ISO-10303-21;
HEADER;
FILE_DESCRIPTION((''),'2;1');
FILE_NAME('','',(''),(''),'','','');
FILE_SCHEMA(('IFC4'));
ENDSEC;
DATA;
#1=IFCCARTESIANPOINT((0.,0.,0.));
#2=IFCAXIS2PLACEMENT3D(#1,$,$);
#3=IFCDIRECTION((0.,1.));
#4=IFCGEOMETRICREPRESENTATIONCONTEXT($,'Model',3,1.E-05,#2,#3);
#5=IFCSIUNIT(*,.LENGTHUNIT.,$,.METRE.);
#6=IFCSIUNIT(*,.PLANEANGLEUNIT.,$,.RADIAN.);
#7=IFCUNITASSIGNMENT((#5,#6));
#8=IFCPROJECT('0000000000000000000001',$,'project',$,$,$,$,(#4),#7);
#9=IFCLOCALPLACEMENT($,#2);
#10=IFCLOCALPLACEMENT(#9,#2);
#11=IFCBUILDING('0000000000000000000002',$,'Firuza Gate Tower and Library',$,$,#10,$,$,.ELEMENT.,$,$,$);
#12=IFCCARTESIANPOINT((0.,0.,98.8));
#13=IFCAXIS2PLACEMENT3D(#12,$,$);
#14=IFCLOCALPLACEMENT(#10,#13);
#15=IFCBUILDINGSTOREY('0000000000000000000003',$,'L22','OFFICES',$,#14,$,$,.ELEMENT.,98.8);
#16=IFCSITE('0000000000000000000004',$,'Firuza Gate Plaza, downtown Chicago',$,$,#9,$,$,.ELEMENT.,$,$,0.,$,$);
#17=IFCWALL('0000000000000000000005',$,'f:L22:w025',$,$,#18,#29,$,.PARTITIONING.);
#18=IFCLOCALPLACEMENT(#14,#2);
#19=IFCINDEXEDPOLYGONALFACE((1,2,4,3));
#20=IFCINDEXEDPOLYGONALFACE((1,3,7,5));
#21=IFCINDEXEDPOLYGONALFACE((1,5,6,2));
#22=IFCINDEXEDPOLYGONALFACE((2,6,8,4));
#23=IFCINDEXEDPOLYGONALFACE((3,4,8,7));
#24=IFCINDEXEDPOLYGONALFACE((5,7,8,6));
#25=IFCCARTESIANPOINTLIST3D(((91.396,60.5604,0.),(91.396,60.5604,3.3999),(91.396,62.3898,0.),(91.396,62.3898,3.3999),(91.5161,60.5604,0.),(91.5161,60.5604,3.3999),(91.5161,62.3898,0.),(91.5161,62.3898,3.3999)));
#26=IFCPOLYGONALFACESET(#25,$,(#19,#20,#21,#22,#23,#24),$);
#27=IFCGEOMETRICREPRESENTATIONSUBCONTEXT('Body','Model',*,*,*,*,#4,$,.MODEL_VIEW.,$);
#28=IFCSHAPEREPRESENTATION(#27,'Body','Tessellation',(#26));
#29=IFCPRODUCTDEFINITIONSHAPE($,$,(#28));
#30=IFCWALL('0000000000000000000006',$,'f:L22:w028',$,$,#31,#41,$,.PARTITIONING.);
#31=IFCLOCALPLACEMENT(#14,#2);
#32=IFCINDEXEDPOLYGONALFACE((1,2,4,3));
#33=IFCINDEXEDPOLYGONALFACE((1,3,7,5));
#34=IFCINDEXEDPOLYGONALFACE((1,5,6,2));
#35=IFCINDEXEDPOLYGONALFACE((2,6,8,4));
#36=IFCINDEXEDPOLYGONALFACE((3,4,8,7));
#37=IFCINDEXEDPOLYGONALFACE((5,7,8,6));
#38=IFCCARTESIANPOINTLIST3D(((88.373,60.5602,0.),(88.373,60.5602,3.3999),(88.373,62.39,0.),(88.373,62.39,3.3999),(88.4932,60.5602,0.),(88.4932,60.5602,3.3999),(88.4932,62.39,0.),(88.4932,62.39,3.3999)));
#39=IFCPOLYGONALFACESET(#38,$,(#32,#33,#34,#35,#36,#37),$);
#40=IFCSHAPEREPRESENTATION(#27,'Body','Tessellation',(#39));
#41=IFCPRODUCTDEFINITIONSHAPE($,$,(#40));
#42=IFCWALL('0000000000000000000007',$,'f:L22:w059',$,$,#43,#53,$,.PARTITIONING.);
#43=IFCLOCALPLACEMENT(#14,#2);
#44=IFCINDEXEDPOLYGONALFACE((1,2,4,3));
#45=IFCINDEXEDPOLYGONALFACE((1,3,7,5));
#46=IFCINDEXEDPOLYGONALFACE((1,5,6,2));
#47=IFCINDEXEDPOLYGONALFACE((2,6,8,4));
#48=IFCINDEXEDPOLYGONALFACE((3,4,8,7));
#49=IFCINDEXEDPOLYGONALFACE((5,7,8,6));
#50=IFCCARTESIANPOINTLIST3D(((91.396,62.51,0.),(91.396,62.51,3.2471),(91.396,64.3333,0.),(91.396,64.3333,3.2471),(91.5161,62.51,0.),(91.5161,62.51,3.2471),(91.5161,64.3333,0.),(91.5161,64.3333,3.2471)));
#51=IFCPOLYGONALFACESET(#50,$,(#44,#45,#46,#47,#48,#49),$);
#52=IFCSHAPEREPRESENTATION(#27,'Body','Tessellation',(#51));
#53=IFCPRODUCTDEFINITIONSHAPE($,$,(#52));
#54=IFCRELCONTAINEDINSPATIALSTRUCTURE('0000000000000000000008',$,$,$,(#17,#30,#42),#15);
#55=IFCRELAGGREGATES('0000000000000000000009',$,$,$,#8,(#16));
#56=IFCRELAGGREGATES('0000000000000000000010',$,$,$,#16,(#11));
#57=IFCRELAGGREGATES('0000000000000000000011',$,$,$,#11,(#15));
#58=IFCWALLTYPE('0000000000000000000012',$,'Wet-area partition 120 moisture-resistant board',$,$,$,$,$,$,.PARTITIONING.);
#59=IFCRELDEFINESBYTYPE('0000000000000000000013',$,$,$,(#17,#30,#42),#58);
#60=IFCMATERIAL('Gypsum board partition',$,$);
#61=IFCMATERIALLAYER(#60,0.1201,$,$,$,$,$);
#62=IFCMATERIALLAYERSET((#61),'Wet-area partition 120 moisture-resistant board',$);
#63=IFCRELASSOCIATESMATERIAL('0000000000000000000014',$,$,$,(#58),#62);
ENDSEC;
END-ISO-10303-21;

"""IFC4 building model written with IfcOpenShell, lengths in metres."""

from ifc_helpers import new_model, si_unit, direction, frame, frame_2d, origin, place, context, subcontext, project, spatial, rectangle, extrude, material, layer, layer_set, type_object, element, save


model = new_model("IFC4")

# Units and contexts
model_context = context("Model", 3, precision=1e-05, world=origin(), true_north=direction((0.0, 1.0)))
body_context = subcontext(model_context, "Body", "Model", "MODEL_VIEW")
ifc_project = project(units=[si_unit("LENGTHUNIT", "METRE"), si_unit("PLANEANGLEUNIT", "RADIAN")], contexts=[model_context])

# Site, building, storey
site_placement = place(None, origin())
site = spatial("IfcSite", under=ifc_project, at=site_placement, Name="Firuza Gate Plaza, downtown Chicago", CompositionType="ELEMENT", RefElevation=0.0)
building_placement = place(site_placement, origin())
building = spatial("IfcBuilding", under=site, at=building_placement, Name="Firuza Gate Tower and Library", CompositionType="ELEMENT")
storey_placement = place(building_placement, frame((0.0, 0.0, 98.8)))
storey = spatial("IfcBuildingStorey", under=building, at=storey_placement, Name="L22", Description="OFFICES", CompositionType="ELEMENT", Elevation=98.8)

# Shared definitions
ifc_material_1 = material(Name="Gypsum board partition")
ifc_layer_1 = layer(ifc_material_1, 0.1201)
ifc_layer_set_1 = layer_set([ifc_layer_1], Name="Wet-area partition 120 moisture-resistant board")
wall_type_1 = type_object("IfcWallType", Name="Wet-area partition 120 moisture-resistant board", PredefinedType="PARTITIONING", material=ifc_layer_set_1)

# Walls
wall_1_placement = place(storey_placement, frame((91.4561, 60.5605, 0.0), z_axis=(0.0, 0.0, 1.0), x_axis=(0.0, 1.0, 0.0)))
element("IfcWall", 1, at=wall_1_placement, inside=storey, type_object=wall_type_1, Name="f:L22:w025", PredefinedType="PARTITIONING", context=body_context, shape_type="SweptSolid", body=[
    extrude(rectangle(XDim=1.8293, YDim=0.1201, at=frame_2d((0.9146, 0.0))), origin(), (0.0, 0.0, 1.0), 3.3999),
])
wall_2_placement = place(storey_placement, frame((88.4331, 60.5601, 0.0), z_axis=(0.0, 0.0, 1.0), x_axis=(0.0, 1.0, 0.0)))
element("IfcWall", 2, at=wall_2_placement, inside=storey, type_object=wall_type_1, Name="f:L22:w028", PredefinedType="PARTITIONING", context=body_context, shape_type="SweptSolid", body=[
    extrude(rectangle(XDim=1.8298, YDim=0.1201, at=frame_2d((0.915, 0.0))), origin(), (0.0, 0.0, 1.0), 3.3999),
])
wall_3_placement = place(storey_placement, frame((91.4561, 62.51, 0.0), z_axis=(0.0, 0.0, 1.0), x_axis=(0.0, 1.0, 0.0)))
element("IfcWall", 3, at=wall_3_placement, inside=storey, type_object=wall_type_1, Name="f:L22:w059", PredefinedType="PARTITIONING", context=body_context, shape_type="SweptSolid", body=[
    extrude(rectangle(XDim=1.8232, YDim=0.1201, at=frame_2d((0.9116, 0.0))), origin(), (0.0, 0.0, 1.0), 3.2471),
])

save(model, "model.ifc")
